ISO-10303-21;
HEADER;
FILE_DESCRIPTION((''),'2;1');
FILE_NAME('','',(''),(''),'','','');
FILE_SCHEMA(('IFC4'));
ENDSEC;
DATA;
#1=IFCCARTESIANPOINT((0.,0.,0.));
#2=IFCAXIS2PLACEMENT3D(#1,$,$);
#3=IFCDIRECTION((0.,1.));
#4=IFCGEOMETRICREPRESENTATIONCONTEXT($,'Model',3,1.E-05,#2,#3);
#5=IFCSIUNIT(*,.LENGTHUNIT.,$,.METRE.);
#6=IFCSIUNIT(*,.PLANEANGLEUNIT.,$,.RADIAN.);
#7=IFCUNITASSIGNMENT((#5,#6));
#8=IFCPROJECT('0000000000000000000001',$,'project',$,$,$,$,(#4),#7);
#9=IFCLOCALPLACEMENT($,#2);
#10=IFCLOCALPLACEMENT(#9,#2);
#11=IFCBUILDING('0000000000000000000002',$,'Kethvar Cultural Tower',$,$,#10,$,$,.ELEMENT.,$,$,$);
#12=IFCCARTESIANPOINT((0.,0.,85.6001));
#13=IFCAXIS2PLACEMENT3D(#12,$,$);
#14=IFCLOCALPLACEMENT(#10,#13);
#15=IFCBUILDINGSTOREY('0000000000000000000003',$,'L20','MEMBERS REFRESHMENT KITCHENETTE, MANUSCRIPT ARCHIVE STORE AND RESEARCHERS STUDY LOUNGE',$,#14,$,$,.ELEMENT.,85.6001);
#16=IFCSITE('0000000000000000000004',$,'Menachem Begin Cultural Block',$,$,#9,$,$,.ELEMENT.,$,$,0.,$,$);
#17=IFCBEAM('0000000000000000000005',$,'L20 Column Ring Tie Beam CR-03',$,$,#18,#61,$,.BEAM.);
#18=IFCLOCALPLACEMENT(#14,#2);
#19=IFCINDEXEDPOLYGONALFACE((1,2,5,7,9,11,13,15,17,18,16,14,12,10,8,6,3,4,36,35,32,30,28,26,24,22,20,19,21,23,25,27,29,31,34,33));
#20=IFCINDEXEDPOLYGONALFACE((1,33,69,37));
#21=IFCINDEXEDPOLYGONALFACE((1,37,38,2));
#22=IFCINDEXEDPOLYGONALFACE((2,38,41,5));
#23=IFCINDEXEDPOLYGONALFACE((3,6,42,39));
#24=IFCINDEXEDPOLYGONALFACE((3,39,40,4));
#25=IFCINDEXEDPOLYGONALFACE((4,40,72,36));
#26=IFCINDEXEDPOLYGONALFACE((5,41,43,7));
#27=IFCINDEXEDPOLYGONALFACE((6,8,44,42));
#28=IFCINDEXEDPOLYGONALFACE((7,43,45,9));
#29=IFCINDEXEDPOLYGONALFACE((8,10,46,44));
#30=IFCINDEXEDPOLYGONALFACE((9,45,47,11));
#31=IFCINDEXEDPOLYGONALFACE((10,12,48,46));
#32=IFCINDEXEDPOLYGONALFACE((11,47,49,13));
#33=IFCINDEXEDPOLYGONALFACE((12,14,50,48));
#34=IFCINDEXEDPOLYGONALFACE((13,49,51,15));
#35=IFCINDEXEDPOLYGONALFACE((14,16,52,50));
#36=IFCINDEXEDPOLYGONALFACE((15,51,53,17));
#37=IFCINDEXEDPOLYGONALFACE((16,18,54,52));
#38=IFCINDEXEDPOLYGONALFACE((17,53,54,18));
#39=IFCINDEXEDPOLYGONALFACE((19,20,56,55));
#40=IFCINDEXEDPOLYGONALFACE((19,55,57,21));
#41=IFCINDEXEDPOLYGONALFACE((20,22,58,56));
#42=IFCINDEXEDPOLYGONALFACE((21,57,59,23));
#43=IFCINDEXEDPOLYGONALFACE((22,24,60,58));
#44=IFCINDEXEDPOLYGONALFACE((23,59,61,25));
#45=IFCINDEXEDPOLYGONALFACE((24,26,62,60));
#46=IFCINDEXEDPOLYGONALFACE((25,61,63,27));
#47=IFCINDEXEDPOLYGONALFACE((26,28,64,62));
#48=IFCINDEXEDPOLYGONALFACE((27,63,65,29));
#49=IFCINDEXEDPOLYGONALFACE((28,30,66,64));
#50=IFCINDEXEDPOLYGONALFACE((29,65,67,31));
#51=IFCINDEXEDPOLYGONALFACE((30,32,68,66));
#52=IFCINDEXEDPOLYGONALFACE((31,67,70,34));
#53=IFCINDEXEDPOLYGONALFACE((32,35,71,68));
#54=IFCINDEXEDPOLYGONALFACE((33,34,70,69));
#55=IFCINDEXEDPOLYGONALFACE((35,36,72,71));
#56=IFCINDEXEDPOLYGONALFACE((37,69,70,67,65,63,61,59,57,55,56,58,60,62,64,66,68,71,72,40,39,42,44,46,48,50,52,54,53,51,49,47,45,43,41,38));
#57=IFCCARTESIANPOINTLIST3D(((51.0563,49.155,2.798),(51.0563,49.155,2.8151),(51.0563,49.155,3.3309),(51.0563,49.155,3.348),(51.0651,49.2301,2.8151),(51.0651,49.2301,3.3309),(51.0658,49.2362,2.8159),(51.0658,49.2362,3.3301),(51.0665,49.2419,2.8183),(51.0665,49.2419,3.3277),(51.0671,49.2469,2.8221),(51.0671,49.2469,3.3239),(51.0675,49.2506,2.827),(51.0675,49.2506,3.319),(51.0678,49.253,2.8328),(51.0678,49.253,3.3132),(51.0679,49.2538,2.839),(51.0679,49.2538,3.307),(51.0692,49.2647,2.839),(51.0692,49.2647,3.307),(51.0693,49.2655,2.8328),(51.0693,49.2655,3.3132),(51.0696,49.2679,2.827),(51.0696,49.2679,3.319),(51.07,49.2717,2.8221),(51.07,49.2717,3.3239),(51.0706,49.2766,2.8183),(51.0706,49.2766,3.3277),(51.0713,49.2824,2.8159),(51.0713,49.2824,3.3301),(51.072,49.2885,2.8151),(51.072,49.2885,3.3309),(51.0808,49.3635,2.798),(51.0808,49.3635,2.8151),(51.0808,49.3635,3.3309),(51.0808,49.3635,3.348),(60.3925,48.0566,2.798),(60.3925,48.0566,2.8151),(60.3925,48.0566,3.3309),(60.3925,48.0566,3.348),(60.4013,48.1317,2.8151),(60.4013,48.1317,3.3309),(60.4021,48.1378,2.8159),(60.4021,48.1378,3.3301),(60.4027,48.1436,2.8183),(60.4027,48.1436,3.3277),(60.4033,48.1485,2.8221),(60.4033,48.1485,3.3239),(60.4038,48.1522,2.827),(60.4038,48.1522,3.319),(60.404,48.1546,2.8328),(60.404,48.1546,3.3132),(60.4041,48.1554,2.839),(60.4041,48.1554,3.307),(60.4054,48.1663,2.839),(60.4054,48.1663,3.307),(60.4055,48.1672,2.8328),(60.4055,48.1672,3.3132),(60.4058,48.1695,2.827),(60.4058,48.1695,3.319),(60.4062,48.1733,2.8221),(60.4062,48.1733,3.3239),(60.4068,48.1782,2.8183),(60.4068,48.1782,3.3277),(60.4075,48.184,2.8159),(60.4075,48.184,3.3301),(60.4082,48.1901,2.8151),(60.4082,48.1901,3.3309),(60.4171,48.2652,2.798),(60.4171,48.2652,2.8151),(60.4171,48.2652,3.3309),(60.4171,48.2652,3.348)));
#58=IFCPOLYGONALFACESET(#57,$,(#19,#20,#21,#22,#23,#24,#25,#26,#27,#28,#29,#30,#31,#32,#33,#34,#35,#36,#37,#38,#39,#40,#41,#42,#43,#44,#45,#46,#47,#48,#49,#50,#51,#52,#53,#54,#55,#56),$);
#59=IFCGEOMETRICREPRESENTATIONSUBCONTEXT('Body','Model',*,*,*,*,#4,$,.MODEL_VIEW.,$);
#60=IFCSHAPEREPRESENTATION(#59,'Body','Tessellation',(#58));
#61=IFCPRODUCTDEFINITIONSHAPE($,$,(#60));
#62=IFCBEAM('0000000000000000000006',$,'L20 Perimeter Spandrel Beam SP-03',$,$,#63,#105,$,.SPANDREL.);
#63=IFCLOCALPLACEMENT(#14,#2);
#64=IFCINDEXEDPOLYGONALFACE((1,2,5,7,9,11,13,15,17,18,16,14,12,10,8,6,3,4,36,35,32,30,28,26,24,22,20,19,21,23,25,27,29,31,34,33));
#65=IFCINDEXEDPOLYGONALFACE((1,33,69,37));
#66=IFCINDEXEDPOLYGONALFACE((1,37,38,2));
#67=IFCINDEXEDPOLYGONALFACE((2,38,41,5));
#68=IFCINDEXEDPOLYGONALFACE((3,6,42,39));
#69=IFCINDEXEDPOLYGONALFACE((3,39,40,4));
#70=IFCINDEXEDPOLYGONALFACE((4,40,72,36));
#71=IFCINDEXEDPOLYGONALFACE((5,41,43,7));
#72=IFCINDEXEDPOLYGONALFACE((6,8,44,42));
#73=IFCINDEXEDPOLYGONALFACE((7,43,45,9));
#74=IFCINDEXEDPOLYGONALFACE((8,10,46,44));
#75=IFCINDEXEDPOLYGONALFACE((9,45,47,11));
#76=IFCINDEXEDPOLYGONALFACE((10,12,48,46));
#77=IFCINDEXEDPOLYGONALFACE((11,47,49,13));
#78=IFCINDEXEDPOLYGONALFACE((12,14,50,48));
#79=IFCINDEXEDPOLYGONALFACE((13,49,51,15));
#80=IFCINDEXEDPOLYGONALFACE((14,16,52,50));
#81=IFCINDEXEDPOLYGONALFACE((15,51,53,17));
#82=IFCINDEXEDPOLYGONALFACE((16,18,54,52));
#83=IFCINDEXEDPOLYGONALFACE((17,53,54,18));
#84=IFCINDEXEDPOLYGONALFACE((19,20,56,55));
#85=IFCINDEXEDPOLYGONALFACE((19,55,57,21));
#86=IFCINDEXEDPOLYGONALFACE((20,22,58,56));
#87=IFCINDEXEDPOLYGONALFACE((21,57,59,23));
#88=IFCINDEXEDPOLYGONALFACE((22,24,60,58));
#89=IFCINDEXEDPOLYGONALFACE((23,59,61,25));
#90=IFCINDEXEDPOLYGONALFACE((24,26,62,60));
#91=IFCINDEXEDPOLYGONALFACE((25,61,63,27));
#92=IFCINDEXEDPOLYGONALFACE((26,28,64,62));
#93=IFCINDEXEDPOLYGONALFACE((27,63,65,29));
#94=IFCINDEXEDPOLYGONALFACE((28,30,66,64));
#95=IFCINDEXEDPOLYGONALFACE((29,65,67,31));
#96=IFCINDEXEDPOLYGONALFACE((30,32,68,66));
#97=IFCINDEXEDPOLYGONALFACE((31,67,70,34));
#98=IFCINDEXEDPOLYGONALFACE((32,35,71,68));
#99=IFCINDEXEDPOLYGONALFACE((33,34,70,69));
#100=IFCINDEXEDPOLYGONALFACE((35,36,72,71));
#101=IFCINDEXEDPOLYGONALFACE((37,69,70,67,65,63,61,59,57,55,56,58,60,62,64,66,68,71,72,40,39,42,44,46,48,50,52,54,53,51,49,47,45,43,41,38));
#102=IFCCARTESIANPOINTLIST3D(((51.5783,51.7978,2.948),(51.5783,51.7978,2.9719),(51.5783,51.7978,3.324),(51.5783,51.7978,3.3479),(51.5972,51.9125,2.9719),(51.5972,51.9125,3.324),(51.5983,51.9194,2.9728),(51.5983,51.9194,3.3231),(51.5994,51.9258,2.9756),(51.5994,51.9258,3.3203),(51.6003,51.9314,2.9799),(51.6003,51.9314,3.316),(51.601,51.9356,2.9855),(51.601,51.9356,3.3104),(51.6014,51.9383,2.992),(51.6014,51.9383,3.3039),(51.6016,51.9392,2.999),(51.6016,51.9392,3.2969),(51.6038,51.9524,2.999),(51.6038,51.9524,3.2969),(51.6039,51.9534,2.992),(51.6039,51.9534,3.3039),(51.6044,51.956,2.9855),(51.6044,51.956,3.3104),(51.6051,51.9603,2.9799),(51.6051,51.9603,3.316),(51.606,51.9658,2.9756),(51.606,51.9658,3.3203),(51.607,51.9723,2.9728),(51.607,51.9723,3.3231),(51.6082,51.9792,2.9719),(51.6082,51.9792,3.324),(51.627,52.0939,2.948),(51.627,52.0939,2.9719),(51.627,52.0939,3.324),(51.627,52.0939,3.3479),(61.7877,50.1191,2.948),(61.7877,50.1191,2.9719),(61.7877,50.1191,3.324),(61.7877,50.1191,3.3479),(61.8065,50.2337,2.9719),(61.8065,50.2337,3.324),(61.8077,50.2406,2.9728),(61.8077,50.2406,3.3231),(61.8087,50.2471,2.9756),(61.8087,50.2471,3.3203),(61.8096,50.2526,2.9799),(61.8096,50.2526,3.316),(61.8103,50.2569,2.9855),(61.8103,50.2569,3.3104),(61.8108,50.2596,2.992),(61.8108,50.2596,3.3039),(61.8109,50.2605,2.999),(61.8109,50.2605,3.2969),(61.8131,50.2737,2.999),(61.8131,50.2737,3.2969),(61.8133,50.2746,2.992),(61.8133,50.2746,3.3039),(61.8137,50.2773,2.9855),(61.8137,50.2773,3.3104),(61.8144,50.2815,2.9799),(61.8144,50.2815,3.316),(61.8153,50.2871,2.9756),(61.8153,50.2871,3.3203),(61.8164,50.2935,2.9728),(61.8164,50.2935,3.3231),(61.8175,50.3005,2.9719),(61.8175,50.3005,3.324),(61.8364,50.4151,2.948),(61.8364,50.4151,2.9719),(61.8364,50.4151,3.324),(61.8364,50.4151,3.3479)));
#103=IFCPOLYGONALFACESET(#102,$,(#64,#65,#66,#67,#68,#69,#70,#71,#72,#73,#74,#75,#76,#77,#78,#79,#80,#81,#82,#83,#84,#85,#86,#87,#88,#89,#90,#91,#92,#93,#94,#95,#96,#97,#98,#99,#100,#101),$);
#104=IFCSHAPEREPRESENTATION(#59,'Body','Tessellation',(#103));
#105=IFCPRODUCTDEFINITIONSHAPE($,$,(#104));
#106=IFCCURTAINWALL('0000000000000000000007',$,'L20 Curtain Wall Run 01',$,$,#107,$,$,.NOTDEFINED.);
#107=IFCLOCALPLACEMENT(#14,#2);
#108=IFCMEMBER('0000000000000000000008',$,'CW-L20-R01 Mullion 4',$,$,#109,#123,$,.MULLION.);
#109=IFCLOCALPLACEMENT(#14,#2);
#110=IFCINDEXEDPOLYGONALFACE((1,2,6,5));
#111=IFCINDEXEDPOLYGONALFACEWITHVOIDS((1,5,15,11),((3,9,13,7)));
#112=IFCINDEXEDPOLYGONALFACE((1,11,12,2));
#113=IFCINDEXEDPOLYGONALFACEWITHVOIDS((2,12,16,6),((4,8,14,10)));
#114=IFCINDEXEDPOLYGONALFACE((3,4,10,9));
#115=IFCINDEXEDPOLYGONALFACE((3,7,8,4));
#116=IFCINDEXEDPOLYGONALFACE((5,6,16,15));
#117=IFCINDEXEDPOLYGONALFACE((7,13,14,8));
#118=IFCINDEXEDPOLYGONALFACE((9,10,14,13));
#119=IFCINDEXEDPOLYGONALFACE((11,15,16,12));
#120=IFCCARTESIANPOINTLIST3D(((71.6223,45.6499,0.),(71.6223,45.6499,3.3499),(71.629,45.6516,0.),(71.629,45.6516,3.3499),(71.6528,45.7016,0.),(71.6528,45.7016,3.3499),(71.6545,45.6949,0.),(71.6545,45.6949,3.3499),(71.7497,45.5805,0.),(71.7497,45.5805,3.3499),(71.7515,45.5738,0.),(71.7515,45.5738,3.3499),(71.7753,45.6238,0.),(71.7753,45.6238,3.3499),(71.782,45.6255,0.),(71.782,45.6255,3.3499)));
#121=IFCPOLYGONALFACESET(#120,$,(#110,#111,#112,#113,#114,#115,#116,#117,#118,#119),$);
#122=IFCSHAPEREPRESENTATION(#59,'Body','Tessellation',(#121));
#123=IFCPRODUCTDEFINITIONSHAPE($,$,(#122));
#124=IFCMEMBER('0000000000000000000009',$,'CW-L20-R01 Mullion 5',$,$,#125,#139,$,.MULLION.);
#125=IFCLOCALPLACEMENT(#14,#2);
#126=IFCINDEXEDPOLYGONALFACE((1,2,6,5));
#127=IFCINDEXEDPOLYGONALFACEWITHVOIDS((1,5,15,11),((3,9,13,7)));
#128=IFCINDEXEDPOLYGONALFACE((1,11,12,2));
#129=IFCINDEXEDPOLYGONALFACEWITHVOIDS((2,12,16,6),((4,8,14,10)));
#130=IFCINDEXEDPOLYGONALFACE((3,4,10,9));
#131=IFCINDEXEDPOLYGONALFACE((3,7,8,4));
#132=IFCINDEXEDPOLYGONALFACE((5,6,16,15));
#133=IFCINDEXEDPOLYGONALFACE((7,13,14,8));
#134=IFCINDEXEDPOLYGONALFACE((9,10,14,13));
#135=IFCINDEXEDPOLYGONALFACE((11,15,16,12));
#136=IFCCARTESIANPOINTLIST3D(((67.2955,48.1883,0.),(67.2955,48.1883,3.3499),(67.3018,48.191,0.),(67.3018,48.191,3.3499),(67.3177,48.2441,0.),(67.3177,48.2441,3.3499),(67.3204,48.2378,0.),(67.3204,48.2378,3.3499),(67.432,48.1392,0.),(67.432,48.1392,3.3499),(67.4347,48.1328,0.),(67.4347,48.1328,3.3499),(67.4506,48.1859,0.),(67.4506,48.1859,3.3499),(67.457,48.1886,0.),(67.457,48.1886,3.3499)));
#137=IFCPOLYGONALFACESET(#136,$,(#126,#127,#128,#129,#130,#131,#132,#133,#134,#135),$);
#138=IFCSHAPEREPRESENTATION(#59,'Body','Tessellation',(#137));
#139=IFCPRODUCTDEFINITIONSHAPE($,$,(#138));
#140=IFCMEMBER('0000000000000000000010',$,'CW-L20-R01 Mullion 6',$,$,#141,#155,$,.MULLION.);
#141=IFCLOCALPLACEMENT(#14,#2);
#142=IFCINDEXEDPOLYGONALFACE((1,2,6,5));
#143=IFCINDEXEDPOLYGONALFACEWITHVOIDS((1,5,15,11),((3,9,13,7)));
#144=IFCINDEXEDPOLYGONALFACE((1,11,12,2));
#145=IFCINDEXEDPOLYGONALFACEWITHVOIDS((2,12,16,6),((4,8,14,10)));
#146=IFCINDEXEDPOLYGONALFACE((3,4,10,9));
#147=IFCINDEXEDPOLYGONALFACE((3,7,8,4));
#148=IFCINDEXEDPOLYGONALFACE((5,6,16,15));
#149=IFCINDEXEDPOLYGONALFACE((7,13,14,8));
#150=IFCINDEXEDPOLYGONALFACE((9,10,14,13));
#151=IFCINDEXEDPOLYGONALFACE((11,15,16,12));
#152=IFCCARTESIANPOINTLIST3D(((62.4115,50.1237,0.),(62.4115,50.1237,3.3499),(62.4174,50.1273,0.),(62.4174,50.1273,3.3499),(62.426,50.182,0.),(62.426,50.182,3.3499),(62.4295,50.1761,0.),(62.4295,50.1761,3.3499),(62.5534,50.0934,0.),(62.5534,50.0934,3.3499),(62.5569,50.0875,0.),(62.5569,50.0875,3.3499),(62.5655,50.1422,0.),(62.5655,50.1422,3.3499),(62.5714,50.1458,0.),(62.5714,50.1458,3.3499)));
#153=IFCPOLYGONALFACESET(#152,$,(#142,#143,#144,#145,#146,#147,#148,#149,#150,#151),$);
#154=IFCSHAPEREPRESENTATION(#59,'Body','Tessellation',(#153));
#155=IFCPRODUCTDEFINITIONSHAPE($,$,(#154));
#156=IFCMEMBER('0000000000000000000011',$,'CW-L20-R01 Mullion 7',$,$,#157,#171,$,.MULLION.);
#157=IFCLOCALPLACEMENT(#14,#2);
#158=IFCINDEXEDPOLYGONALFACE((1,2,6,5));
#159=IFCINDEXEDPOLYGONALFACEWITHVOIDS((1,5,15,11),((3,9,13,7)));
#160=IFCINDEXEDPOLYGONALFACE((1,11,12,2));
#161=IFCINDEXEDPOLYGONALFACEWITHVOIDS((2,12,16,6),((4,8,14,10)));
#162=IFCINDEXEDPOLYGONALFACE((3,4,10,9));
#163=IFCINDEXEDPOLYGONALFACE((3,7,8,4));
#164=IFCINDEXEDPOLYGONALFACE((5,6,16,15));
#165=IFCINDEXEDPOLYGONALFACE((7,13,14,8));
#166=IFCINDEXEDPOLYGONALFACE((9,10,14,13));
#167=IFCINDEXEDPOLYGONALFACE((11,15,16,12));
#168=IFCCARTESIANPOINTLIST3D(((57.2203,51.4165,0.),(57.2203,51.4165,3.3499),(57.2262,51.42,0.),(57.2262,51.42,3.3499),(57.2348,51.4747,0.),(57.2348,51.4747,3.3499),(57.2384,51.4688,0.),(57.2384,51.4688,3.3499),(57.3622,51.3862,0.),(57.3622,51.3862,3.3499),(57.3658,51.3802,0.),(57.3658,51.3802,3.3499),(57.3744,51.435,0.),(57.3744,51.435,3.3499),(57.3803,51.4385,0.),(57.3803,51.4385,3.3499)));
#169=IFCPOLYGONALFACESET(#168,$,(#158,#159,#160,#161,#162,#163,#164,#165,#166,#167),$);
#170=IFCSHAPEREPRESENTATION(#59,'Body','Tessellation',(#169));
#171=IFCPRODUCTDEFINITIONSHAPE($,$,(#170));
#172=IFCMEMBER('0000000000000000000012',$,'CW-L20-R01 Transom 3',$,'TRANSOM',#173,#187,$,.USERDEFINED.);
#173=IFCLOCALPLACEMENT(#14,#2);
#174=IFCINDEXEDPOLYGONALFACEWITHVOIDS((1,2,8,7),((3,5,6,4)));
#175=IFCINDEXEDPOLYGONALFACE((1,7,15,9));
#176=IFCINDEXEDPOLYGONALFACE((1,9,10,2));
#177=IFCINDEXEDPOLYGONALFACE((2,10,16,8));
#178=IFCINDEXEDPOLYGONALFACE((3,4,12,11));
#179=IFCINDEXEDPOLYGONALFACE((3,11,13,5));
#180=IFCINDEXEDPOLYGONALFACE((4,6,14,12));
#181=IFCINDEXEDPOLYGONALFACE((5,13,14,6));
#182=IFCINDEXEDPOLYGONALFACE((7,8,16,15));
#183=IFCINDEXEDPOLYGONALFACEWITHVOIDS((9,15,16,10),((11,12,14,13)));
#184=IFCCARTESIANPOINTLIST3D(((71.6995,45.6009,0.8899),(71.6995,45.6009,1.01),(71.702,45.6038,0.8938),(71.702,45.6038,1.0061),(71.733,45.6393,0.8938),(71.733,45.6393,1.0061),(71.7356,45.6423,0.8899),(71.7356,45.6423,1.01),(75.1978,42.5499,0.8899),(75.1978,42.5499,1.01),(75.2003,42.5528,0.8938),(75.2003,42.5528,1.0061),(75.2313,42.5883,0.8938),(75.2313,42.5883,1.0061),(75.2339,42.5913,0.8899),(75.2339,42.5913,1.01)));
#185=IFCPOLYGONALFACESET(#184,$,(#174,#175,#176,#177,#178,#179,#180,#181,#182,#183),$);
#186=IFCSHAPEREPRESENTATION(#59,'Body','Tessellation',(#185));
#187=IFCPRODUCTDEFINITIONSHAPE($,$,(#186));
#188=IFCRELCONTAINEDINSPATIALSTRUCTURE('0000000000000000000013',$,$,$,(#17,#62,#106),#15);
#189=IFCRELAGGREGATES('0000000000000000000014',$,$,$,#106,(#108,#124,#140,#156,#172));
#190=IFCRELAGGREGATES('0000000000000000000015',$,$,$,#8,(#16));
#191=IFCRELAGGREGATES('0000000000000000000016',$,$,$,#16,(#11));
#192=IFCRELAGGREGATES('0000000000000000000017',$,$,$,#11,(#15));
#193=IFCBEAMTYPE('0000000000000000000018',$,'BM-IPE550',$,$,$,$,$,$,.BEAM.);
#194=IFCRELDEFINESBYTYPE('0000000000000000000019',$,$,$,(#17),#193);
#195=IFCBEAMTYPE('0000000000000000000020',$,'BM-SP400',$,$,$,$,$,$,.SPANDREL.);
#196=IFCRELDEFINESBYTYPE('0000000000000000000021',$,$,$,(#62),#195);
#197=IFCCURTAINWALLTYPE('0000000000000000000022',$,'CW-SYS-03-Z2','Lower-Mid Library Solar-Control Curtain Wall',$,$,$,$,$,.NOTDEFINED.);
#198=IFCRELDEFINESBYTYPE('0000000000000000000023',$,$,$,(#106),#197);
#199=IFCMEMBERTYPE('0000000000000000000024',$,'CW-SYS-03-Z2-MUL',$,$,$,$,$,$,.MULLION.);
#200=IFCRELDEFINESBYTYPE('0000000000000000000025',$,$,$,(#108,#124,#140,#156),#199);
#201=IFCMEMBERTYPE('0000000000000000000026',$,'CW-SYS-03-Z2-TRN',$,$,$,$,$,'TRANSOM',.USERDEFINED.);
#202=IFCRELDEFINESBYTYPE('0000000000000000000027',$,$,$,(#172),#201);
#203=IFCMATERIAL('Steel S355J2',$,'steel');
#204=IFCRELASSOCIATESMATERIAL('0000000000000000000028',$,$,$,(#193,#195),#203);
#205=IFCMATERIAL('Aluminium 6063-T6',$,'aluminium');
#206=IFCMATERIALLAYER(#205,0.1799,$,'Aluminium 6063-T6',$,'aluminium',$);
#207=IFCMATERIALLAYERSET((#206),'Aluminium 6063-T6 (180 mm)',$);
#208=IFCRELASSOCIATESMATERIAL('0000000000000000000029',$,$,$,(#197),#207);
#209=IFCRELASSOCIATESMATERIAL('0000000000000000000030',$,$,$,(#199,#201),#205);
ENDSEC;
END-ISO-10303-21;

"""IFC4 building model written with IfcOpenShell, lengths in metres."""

from ifc_helpers import new_model, si_unit, direction, frame, origin, origin_2d, place, context, subcontext, project, spatial, hollow_rectangle, i_section, extrude, source, transform, mapped, material, layer, layer_set, material_profile, profile_set, type_object, element, aggregate, save


model = new_model("IFC4")

# Units and contexts
model_context = context("Model", 3, precision=1e-05, world=origin(), true_north=direction((0.0, 1.0)))
body_context = subcontext(model_context, "Body", "Model", "MODEL_VIEW")
ifc_project = project(units=[si_unit("LENGTHUNIT", "METRE"), si_unit("PLANEANGLEUNIT", "RADIAN")], contexts=[model_context])

# Site, building, storey
site_placement = place(None, origin())
site = spatial("IfcSite", under=ifc_project, at=site_placement, Name="Menachem Begin Cultural Block", CompositionType="ELEMENT", RefElevation=0.0)
building_placement = place(site_placement, origin())
building = spatial("IfcBuilding", under=site, at=building_placement, Name="Kethvar Cultural Tower", CompositionType="ELEMENT")
storey_placement = place(building_placement, frame((0.0, 0.0, 85.6001)))
storey = spatial("IfcBuildingStorey", under=building, at=storey_placement, Name="L20", Description="MEMBERS REFRESHMENT KITCHENETTE, MANUSCRIPT ARCHIVE STORE AND RESEARCHERS STUDY LOUNGE", CompositionType="ELEMENT", Elevation=85.6001)

# Beams
ifc_material_1 = material(Name="Steel S355J2", Category="steel")
ifc_material_profile_1 = material_profile(ifc_material_1, i_section(OverallWidth=0.21, OverallDepth=0.55, WebThickness=0.011, FlangeThickness=0.0171, FilletRadius=0.0239, at=origin_2d()), Name="Steel S355J2 — IPE550")
ifc_profile_set_1 = profile_set([ifc_material_profile_1], Name="Steel S355J2 — IPE550")
beam_type_1 = type_object("IfcBeamType", Name="BM-IPE550", PredefinedType="BEAM", material=ifc_profile_set_1)
ifc_material_profile_2 = material_profile(ifc_material_1, i_section(OverallWidth=0.3, OverallDepth=0.3999, WebThickness=0.0134, FlangeThickness=0.0239, FilletRadius=0.0271, at=origin_2d()), Name="Steel S355J2 — HEB400")
ifc_profile_set_2 = profile_set([ifc_material_profile_2], Name="Steel S355J2 — HEB400")
beam_type_2 = type_object("IfcBeamType", Name="BM-SP400", PredefinedType="SPANDREL", material=ifc_profile_set_2)
shared_shape_1 = source(origin(), body_context, "Body", "SweptSolid", [
    extrude(i_section(OverallWidth=0.21, OverallDepth=0.55, WebThickness=0.011, FlangeThickness=0.0171, FilletRadius=0.0239, at=origin_2d()), origin(), (0.0, 0.0, 1.0), 9.4006),
])
beam_1_placement = place(storey_placement, frame((60.4048, 48.1609, 3.073), z_axis=(-0.99315, 0.116843, 0.0), x_axis=(-0.116843, -0.99315, 0.0)))
element("IfcBeam", 1, at=beam_1_placement, inside=storey, type_object=beam_type_1, Name="L20 Column Ring Tie Beam CR-03", PredefinedType="BEAM", context=body_context, shape_type="MappedRepresentation", body=[
    mapped(shared_shape_1, transform((0.0, 0.0, 0.0), scale=1.0)),
])
shared_shape_2 = source(origin(), body_context, "Body", "SweptSolid", [
    extrude(i_section(OverallWidth=0.3, OverallDepth=0.3999, WebThickness=0.0134, FlangeThickness=0.0239, FilletRadius=0.0271, at=origin_2d()), origin(), (0.0, 0.0, 1.0), 10.3464),
])
beam_2_placement = place(storey_placement, frame((61.812, 50.2671, 3.1479), z_axis=(-0.986749, 0.162252, 0.0), x_axis=(-0.162252, -0.986749, 0.0)))
element("IfcBeam", 2, at=beam_2_placement, inside=storey, type_object=beam_type_2, Name="L20 Perimeter Spandrel Beam SP-03", PredefinedType="SPANDREL", context=body_context, shape_type="MappedRepresentation", body=[
    mapped(shared_shape_2, transform((0.0, 0.0, 0.0), scale=1.0)),
])

# Curtain wall, members
ifc_material_2 = material(Name="Aluminium 6063-T6", Category="aluminium")
ifc_layer_1 = layer(ifc_material_2, 0.1799, Name="Aluminium 6063-T6", Category="aluminium")
ifc_layer_set_1 = layer_set([ifc_layer_1], Name="Aluminium 6063-T6 (180 mm)")
curtain_wall_type = type_object("IfcCurtainWallType", Name="CW-SYS-03-Z2", Description="Lower-Mid Library Solar-Control Curtain Wall", PredefinedType="NOTDEFINED", material=ifc_layer_set_1)
curtain_wall_placement = place(storey_placement, origin())
curtain_wall = element("IfcCurtainWall", 3, at=curtain_wall_placement, inside=storey, type_object=curtain_wall_type, Name="L20 Curtain Wall Run 01", PredefinedType="NOTDEFINED")
ifc_material_profile_3 = material_profile(ifc_material_2, hollow_rectangle(XDim=0.0601, YDim=0.1499, WallThickness=0.0049, at=origin_2d()), Name="Aluminium 6063-T6 — RHS150x60x5")
ifc_profile_set_3 = profile_set([ifc_material_profile_3], Name="Aluminium 6063-T6 — RHS150x60x5")
member_type_1 = type_object("IfcMemberType", Name="CW-SYS-03-Z2-MUL", PredefinedType="MULLION", material=ifc_profile_set_3)
shared_shape_3 = source(origin(), body_context, "Body", "SweptSolid", [
    extrude(hollow_rectangle(XDim=0.0601, YDim=0.1499, WallThickness=0.0049, at=origin_2d()), origin(), (0.0, 0.0, 1.0), 3.3499),
])
member_1_placement = place(storey_placement, frame((71.7021, 45.6377, 0.0), z_axis=(0.0, 0.0, 1.0), x_axis=(-0.507689, -0.861541, 0.0)))
member_1 = element("IfcMember", 4, at=member_1_placement, type_object=member_type_1, Name="CW-L20-R01 Mullion 4", PredefinedType="MULLION", context=body_context, shape_type="MappedRepresentation", body=[
    mapped(shared_shape_3, transform((0.0, 0.0, 0.0), scale=1.0)),
])
member_2_placement = place(storey_placement, frame((67.3762, 48.1885, 0.0), z_axis=(0.0, 0.0, 1.0), x_axis=(-0.369974, -0.929042, 0.0)))
member_2 = element("IfcMember", 5, at=member_2_placement, type_object=member_type_1, Name="CW-L20-R01 Mullion 5", PredefinedType="MULLION", context=body_context, shape_type="MappedRepresentation", body=[
    mapped(shared_shape_3, transform((0.0, 0.0, 0.0), scale=1.0)),
])
member_3_placement = place(storey_placement, frame((62.4915, 50.1348, 0.0), z_axis=(0.0, 0.0, 1.0), x_axis=(-0.241651, -0.970363, 0.0)))
member_3 = element("IfcMember", 6, at=member_3_placement, type_object=member_type_1, Name="CW-L20-R01 Mullion 6", PredefinedType="MULLION", context=body_context, shape_type="MappedRepresentation", body=[
    mapped(shared_shape_3, transform((0.0, 0.0, 0.0), scale=1.0)),
])
member_4_placement = place(storey_placement, frame((57.3003, 51.4275, 0.0), z_axis=(0.0, 0.0, 1.0), x_axis=(-0.241651, -0.970363, 0.0)))
member_4 = element("IfcMember", 7, at=member_4_placement, type_object=member_type_1, Name="CW-L20-R01 Mullion 7", PredefinedType="MULLION", context=body_context, shape_type="MappedRepresentation", body=[
    mapped(shared_shape_3, transform((0.0, 0.0, 0.0), scale=1.0)),
])
ifc_material_profile_4 = material_profile(ifc_material_2, hollow_rectangle(XDim=0.0549, YDim=0.1201, WallThickness=0.0039, at=origin_2d()), Name="Aluminium 6063-T6 — RHS120x55x4")
ifc_profile_set_4 = profile_set([ifc_material_profile_4], Name="Aluminium 6063-T6 — RHS120x55x4")
member_type_2 = type_object("IfcMemberType", Name="CW-SYS-03-Z2-TRN", ElementType="TRANSOM", PredefinedType="USERDEFINED", material=ifc_profile_set_4)
shared_shape_4 = source(origin(), body_context, "Body", "SweptSolid", [
    extrude(hollow_rectangle(XDim=0.0549, YDim=0.1201, WallThickness=0.0039, at=origin_2d()), origin(), (0.0, 0.0, 1.0), 4.6418),
])
member_5_placement = place(storey_placement, frame((75.2158, 42.5706, 0.95), z_axis=(-0.753641, 0.657286, 0.0), x_axis=(-0.657286, -0.753641, 0.0)))
member_5 = element("IfcMember", 8, at=member_5_placement, type_object=member_type_2, Name="CW-L20-R01 Transom 3", ObjectType="TRANSOM", PredefinedType="USERDEFINED", context=body_context, shape_type="MappedRepresentation", body=[
    mapped(shared_shape_4, transform((0.0, 0.0, 0.0), scale=1.0)),
])
aggregate(curtain_wall, [member_1, member_2, member_3, member_4, member_5])

save(model, "model.ifc")
